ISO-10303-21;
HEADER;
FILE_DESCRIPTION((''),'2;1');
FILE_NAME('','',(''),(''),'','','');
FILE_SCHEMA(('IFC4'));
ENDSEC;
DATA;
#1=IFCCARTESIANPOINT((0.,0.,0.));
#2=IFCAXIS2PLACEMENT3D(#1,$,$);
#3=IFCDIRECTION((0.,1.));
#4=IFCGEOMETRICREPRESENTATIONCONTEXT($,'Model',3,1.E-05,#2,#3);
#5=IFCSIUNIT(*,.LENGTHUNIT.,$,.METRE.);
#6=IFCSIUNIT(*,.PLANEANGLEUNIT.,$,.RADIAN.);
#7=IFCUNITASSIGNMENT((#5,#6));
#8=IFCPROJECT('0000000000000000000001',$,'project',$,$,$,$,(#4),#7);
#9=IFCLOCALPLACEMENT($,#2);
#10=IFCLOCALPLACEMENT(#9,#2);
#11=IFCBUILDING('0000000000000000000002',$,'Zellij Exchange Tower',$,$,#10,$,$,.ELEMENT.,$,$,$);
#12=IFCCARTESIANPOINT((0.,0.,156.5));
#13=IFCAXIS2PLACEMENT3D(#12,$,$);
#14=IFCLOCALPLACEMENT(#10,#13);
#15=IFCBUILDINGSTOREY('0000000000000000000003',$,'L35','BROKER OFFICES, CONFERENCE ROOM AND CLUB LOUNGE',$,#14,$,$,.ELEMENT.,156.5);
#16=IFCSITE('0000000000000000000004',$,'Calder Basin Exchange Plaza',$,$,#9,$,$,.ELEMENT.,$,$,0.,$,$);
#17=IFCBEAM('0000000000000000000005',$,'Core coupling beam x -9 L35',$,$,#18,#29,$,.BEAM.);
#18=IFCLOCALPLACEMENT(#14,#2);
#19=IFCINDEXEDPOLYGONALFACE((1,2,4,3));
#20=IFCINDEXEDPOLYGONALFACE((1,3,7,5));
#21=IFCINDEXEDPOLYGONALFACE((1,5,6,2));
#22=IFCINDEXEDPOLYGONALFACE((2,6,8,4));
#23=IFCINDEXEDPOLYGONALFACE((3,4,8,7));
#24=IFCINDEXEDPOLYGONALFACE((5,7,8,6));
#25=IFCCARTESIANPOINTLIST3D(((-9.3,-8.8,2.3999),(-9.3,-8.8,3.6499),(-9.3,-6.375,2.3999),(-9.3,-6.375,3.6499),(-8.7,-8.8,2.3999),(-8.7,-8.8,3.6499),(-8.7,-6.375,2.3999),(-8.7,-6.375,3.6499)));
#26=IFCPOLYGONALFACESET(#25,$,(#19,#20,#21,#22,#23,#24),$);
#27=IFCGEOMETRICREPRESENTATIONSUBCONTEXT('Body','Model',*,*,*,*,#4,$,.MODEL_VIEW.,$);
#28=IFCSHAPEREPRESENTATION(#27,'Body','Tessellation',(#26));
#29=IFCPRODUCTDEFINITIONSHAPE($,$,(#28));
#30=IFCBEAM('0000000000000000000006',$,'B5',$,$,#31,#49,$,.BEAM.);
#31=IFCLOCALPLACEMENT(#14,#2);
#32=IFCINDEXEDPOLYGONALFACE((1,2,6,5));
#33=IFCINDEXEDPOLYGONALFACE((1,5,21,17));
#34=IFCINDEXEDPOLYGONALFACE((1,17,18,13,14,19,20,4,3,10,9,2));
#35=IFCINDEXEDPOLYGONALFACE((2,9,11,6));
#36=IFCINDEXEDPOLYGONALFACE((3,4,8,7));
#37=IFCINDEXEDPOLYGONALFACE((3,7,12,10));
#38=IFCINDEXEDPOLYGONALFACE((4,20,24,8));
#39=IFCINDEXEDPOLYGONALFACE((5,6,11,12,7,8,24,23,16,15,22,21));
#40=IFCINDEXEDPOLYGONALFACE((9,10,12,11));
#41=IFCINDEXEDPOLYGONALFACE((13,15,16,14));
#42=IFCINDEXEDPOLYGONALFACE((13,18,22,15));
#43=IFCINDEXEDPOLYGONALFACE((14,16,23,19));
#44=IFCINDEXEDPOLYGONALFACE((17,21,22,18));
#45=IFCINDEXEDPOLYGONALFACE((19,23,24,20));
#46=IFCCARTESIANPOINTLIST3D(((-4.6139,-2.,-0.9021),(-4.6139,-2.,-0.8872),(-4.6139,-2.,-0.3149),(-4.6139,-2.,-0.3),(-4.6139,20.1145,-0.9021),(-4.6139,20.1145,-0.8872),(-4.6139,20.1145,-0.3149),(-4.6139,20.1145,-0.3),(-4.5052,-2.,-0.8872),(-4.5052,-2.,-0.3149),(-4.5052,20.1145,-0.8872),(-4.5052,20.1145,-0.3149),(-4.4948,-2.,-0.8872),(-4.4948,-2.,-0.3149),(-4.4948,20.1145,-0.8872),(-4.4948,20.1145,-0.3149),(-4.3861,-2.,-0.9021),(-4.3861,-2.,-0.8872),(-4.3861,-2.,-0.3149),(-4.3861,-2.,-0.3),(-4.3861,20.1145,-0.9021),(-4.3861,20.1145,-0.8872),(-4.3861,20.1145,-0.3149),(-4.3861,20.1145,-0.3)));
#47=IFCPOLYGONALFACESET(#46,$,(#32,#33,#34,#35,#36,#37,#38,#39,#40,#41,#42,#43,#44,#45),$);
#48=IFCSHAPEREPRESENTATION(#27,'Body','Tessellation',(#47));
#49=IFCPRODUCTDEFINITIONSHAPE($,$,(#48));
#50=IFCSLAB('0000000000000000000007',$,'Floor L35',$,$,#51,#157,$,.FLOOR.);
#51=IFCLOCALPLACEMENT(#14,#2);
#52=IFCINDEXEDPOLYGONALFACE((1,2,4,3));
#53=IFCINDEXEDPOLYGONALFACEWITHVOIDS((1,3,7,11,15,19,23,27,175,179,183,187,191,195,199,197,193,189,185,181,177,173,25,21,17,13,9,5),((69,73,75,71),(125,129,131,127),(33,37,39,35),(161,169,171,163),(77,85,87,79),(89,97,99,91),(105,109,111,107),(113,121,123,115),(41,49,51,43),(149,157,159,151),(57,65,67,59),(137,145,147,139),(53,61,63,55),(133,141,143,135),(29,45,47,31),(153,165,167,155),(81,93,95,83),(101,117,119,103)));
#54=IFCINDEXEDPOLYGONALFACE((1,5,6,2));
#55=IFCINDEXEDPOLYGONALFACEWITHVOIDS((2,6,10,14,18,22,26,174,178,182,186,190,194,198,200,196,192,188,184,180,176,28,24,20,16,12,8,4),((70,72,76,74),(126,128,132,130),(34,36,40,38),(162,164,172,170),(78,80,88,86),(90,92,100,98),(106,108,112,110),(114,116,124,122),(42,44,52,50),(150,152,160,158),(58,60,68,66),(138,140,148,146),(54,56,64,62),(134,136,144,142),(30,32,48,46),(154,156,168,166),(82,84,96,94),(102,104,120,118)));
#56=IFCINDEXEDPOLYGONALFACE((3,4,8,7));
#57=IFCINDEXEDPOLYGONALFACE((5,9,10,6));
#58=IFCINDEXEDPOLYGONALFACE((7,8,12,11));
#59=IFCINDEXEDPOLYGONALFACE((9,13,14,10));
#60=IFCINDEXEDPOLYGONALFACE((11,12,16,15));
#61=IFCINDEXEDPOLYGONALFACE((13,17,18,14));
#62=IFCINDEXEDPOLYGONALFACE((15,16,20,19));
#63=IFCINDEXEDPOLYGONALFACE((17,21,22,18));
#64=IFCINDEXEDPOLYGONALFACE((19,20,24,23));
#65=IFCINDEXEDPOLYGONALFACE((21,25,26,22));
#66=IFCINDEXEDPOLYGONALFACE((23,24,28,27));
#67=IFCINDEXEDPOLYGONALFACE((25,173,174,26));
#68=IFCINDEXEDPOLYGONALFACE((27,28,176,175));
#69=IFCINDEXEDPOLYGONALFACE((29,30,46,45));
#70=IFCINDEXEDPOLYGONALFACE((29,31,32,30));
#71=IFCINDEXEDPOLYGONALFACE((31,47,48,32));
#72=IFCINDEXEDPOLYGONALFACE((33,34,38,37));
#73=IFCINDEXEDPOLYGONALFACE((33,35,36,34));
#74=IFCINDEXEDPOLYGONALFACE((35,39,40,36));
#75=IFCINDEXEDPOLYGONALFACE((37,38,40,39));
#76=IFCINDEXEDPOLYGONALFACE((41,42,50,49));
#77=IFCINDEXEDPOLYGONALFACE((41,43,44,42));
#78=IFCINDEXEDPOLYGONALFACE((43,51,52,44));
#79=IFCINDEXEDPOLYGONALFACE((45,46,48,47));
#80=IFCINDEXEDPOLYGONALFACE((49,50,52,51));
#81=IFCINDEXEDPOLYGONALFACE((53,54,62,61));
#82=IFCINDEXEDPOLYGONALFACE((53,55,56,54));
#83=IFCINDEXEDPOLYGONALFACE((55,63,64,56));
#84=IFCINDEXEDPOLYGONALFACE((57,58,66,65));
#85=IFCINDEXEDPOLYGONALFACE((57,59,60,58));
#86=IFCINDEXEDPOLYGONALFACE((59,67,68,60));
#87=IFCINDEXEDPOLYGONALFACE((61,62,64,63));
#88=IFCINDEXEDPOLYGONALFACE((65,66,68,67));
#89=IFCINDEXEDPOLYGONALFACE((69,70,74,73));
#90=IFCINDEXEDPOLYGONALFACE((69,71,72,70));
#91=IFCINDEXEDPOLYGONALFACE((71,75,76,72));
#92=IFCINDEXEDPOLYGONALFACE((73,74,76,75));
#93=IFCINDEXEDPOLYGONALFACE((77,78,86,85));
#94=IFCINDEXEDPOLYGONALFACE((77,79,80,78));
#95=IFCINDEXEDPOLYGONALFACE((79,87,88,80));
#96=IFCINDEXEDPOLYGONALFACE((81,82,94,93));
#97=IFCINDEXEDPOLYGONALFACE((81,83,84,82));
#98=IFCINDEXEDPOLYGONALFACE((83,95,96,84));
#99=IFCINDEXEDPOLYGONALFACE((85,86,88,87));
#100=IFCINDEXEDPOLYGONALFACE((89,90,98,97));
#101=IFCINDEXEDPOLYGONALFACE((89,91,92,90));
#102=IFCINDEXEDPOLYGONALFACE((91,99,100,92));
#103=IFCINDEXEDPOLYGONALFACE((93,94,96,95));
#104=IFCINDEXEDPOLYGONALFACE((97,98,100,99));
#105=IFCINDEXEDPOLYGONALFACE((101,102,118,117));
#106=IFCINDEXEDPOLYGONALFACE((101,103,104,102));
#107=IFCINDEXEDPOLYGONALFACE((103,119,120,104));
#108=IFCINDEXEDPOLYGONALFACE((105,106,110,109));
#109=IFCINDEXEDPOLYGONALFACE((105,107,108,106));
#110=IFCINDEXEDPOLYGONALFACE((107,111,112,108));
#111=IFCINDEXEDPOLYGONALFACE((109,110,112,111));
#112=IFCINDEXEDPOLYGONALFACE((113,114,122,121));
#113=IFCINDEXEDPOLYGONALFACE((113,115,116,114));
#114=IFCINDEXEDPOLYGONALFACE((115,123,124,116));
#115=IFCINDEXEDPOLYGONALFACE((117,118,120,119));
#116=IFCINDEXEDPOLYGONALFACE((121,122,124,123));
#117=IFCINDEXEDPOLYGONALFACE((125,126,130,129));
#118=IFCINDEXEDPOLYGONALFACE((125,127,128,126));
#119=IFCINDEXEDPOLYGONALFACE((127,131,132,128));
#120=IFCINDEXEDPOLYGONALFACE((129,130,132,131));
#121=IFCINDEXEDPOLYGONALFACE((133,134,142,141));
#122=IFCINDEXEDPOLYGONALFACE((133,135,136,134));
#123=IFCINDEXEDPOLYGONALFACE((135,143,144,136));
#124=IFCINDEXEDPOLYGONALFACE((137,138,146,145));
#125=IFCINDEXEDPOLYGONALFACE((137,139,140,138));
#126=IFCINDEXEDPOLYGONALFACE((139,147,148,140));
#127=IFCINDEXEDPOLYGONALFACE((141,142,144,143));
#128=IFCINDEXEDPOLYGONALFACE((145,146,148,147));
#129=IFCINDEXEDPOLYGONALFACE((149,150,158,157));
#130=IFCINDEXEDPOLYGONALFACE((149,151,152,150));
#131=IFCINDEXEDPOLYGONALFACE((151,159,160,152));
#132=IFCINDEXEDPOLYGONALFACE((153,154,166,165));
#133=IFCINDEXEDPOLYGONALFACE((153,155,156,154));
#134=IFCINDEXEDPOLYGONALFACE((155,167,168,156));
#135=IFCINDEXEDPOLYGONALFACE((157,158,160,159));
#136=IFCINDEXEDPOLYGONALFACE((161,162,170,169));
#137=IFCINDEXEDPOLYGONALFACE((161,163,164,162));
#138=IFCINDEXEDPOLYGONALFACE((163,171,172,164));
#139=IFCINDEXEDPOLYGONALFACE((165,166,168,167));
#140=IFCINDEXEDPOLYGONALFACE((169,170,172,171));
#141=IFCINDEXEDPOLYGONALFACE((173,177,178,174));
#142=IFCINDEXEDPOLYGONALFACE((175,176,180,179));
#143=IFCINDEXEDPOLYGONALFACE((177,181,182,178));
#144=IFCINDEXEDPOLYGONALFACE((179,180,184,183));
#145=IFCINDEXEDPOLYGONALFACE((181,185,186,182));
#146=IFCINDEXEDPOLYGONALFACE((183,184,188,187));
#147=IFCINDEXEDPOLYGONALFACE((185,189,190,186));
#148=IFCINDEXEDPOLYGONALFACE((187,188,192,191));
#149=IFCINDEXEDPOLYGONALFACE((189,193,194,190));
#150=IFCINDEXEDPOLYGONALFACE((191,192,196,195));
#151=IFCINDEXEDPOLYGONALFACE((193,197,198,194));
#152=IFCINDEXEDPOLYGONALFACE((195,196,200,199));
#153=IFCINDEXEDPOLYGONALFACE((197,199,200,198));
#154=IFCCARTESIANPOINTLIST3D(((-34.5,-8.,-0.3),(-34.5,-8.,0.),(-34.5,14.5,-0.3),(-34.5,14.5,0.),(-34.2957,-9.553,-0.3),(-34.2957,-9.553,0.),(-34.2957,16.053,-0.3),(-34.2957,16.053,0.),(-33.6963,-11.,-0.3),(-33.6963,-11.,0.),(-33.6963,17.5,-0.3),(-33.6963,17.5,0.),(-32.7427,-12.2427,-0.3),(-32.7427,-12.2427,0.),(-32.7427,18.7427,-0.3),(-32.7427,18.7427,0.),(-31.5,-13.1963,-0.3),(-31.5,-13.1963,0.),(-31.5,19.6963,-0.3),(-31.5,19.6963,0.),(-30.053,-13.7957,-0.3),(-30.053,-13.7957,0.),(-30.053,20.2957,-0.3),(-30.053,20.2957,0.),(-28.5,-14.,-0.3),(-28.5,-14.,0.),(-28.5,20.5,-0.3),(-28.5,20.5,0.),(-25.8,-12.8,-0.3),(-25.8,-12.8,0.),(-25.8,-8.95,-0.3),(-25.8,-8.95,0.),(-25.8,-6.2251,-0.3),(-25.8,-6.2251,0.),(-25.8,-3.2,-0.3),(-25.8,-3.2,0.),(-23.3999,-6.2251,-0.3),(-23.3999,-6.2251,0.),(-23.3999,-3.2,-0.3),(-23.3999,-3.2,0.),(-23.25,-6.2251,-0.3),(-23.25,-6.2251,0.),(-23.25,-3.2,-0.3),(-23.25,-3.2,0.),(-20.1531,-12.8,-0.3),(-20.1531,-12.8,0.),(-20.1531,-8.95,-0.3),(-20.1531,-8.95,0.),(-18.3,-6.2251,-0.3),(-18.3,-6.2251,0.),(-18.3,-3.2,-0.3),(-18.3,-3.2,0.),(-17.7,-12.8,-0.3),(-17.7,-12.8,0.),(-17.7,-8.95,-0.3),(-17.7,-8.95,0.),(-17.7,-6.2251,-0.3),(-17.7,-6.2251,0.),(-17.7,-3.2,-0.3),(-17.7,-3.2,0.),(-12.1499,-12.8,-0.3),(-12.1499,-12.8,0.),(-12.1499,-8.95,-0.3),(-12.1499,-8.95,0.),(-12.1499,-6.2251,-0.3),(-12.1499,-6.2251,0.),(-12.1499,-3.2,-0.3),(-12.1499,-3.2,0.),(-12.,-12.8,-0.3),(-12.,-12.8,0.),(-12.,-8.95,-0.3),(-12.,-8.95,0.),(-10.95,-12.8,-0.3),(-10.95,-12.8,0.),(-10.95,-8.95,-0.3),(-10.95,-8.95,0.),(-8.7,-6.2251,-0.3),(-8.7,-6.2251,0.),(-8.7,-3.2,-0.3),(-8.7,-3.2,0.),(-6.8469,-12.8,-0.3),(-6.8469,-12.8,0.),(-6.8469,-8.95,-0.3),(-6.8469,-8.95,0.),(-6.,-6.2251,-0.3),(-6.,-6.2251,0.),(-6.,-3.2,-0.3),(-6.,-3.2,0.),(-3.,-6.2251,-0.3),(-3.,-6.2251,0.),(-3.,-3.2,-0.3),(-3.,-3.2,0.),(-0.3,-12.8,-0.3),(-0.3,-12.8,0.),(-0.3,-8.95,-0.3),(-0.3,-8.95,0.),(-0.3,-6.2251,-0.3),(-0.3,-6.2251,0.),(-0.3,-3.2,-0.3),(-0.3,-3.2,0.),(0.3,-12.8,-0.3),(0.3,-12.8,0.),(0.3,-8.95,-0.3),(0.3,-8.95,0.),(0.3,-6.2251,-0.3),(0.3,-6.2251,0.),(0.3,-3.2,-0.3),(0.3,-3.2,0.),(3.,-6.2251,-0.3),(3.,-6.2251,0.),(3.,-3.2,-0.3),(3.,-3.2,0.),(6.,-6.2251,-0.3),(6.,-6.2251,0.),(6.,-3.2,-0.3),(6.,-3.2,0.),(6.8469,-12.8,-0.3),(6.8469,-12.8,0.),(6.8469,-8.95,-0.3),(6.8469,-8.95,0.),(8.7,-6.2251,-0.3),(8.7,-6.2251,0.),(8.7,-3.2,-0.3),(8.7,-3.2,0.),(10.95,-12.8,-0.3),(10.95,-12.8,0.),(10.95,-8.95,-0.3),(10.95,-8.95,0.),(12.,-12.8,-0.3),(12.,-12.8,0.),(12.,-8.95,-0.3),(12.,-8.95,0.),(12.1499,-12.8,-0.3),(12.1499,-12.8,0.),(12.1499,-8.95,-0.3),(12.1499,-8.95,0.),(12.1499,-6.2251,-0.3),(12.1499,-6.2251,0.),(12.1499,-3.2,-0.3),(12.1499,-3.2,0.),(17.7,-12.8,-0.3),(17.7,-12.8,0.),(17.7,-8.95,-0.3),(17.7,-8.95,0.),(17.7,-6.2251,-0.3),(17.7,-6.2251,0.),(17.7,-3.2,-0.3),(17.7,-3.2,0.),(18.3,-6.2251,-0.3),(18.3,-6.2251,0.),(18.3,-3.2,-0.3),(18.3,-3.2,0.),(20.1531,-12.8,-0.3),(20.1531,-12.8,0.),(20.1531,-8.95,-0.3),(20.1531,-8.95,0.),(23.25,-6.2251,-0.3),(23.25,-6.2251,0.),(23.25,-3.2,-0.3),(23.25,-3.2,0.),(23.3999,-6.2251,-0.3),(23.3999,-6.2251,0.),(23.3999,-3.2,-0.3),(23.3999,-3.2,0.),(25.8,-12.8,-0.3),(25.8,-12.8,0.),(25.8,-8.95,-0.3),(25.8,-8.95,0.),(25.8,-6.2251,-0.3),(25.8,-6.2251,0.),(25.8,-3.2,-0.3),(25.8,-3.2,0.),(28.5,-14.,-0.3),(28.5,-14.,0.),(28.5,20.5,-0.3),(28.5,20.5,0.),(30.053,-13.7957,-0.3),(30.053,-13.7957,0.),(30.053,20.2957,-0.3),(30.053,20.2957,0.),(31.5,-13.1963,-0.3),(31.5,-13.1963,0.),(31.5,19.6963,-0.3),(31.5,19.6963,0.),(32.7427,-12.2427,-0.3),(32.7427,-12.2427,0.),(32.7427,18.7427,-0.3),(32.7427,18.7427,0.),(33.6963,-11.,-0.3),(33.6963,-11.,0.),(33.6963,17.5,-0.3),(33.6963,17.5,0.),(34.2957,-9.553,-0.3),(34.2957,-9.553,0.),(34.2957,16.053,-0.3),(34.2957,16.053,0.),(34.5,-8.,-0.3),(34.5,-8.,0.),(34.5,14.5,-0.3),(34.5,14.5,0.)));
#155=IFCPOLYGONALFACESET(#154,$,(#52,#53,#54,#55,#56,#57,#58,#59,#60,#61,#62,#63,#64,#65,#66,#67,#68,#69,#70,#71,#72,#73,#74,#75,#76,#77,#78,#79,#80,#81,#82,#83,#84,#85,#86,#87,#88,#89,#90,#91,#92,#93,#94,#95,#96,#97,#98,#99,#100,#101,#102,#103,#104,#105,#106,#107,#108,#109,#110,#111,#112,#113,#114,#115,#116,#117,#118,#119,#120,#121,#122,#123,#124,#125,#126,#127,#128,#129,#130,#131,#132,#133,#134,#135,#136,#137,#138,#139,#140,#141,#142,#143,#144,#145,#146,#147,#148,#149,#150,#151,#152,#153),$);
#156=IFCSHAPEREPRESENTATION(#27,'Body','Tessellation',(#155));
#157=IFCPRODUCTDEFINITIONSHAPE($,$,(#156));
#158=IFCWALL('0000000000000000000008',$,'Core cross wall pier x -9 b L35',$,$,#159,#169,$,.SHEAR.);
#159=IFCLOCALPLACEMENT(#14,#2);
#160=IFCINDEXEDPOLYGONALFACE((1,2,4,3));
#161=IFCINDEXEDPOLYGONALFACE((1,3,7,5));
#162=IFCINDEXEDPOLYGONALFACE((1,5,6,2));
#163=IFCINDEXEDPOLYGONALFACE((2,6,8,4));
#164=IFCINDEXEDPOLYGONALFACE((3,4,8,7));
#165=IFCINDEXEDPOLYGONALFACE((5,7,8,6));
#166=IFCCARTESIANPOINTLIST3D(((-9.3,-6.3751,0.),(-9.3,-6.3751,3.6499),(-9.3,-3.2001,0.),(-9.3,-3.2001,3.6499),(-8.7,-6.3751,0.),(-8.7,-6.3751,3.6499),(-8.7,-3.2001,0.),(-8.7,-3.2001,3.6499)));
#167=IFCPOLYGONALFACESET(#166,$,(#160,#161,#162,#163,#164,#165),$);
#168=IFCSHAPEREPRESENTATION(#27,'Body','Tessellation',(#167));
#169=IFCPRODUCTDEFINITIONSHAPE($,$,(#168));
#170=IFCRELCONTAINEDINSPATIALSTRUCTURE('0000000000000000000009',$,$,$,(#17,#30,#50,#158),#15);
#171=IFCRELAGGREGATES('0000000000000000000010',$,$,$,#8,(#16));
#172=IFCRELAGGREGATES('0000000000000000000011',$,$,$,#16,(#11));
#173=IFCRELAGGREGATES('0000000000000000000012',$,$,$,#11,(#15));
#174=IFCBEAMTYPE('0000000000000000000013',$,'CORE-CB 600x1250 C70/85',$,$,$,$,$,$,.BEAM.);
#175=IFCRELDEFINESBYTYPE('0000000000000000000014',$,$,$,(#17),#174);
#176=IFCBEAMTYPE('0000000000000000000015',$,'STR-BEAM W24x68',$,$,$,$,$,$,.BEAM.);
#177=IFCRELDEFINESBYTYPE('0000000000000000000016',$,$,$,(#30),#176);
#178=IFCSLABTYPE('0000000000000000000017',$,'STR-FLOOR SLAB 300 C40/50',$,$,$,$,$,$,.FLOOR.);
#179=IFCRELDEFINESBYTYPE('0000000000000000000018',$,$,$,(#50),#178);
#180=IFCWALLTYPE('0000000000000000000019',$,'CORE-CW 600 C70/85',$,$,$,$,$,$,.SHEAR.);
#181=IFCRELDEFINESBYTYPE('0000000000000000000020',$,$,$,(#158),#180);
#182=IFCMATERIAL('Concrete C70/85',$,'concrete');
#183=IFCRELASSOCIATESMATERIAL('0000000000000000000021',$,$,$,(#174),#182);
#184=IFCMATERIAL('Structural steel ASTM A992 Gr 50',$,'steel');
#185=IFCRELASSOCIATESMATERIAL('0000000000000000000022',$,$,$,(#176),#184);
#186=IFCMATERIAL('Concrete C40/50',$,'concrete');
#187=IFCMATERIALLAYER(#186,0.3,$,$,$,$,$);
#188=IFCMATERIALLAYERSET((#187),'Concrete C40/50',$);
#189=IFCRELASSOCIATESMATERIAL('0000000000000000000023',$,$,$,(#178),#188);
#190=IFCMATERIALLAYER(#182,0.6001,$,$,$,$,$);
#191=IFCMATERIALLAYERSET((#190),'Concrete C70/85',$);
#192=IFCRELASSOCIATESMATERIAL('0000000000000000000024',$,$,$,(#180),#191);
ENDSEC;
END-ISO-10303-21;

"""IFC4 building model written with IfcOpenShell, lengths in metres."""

from ifc_helpers import new_model, si_unit, direction, frame, frame_2d, origin, origin_2d, place, context, subcontext, project, spatial, polyline, rectangle, i_section, outline, extrude, material, layer, layer_set, material_profile, profile_set, type_object, element, save


model = new_model("IFC4")

# Units and contexts
model_context = context("Model", 3, precision=1e-05, world=origin(), true_north=direction((0.0, 1.0)))
body_context = subcontext(model_context, "Body", "Model", "MODEL_VIEW")
ifc_project = project(units=[si_unit("LENGTHUNIT", "METRE"), si_unit("PLANEANGLEUNIT", "RADIAN")], contexts=[model_context])

# Site, building, storey
site_placement = place(None, origin())
site = spatial("IfcSite", under=ifc_project, at=site_placement, Name="Calder Basin Exchange Plaza", CompositionType="ELEMENT", RefElevation=0.0)
building_placement = place(site_placement, origin())
building = spatial("IfcBuilding", under=site, at=building_placement, Name="Zellij Exchange Tower", CompositionType="ELEMENT")
storey_placement = place(building_placement, frame((0.0, 0.0, 156.5)))
storey = spatial("IfcBuildingStorey", under=building, at=storey_placement, Name="L35", Description="BROKER OFFICES, CONFERENCE ROOM AND CLUB LOUNGE", CompositionType="ELEMENT", Elevation=156.5)

# Beams
ifc_material_1 = material(Name="Concrete C70/85", Category="concrete")
ifc_material_profile_1 = material_profile(ifc_material_1, rectangle(XDim=0.6001, YDim=1.25, at=origin_2d()), Name="CORE-CB 600x1250 C70/85")
ifc_profile_set_1 = profile_set([ifc_material_profile_1], Name="Concrete C70/85")
beam_type_1 = type_object("IfcBeamType", Name="CORE-CB 600x1250 C70/85", PredefinedType="BEAM", material=ifc_profile_set_1)
beam_1_placement = place(storey_placement, frame((-9.0, -8.8, 3.0249), z_axis=(0.0, 1.0, 0.0), x_axis=(-1.0, 0.0, 0.0)))
element("IfcBeam", 1, at=beam_1_placement, inside=storey, type_object=beam_type_1, Name="Core coupling beam x -9 L35", PredefinedType="BEAM", context=body_context, shape_type="SweptSolid", body=[
    extrude(rectangle(XDim=0.6001, YDim=1.25, at=origin_2d()), origin(), (0.0, 0.0, 1.0), 2.425),
])
ifc_material_2 = material(Name="Structural steel ASTM A992 Gr 50", Category="steel")
ifc_material_profile_2 = material_profile(ifc_material_2, i_section(OverallWidth=0.2278, OverallDepth=0.6021, WebThickness=0.0105, FlangeThickness=0.0149, at=origin_2d()), Name="W24x68")
ifc_profile_set_2 = profile_set([ifc_material_profile_2], Name="Structural steel ASTM A992 Gr 50")
beam_type_2 = type_object("IfcBeamType", Name="STR-BEAM W24x68", PredefinedType="BEAM", material=ifc_profile_set_2)
beam_2_placement = place(storey_placement, frame((-4.5, -2.0, -0.6011), z_axis=(0.0, 1.0, 0.0), x_axis=(-1.0, 0.0, 0.0)))
element("IfcBeam", 2, at=beam_2_placement, inside=storey, type_object=beam_type_2, Name="B5", PredefinedType="BEAM", context=body_context, shape_type="SweptSolid", body=[
    extrude(i_section(OverallWidth=0.2278, OverallDepth=0.6021, WebThickness=0.0105, FlangeThickness=0.0149, at=origin_2d()), origin(), (0.0, 0.0, 1.0), 22.1145),
])

# Slab
ifc_material_3 = material(Name="Concrete C40/50", Category="concrete")
ifc_layer_1 = layer(ifc_material_3, 0.3)
ifc_layer_set_1 = layer_set([ifc_layer_1], Name="Concrete C40/50")
slab_type = type_object("IfcSlabType", Name="STR-FLOOR SLAB 300 C40/50", PredefinedType="FLOOR", material=ifc_layer_set_1)
slab_placement = place(storey_placement, frame((0.0, 0.0, -0.3)))
element("IfcSlab", 3, at=slab_placement, inside=storey, type_object=slab_type, Name="Floor L35", PredefinedType="FLOOR", context=body_context, shape_type="SweptSolid", body=[
    extrude(outline(polyline([(-28.5, -14.0), (-30.053, -13.7957), (-31.5, -13.1963), (-32.7427, -12.2427), (-33.6963, -11.0), (-34.2957, -9.553), (-34.5, -8.0), (-34.5, 14.5), (-34.2957, 16.053), (-33.6963, 17.5), (-32.7427, 18.7427), (-31.5, 19.6963), (-30.053, 20.2957), (-28.5, 20.5), (28.5, 20.5), (30.053, 20.2957), (31.5, 19.6963), (32.7427, 18.7427), (33.6963, 17.5), (34.2957, 16.053), (34.5, 14.5), (34.5, -8.0), (34.2957, -9.553), (33.6963, -11.0), (32.7427, -12.2427), (31.5, -13.1963), (30.053, -13.7957), (28.5, -14.0), (-28.5, -14.0)]), holes=[polyline([(-20.1531, -8.95), (-25.8, -8.95), (-25.8, -12.8), (-20.1531, -12.8), (-20.1531, -8.95)]), polyline([(-12.1499, -8.95), (-17.7, -8.95), (-17.7, -12.8), (-12.1499, -12.8), (-12.1499, -8.95)]), polyline([(-10.95, -8.95), (-12.0, -8.95), (-12.0, -12.8), (-10.95, -12.8), (-10.95, -8.95)]), polyline([(-0.3, -8.95), (-6.8469, -8.95), (-6.8469, -12.8), (-0.3, -12.8), (-0.3, -8.95)]), polyline([(-23.3999, -3.2), (-25.8, -3.2), (-25.8, -6.2251), (-23.3999, -6.2251), (-23.3999, -3.2)]), polyline([(-18.3, -3.2), (-23.25, -3.2), (-23.25, -6.2251), (-18.3, -6.2251), (-18.3, -3.2)]), polyline([(-12.1499, -3.2), (-17.7, -3.2), (-17.7, -6.2251), (-12.1499, -6.2251), (-12.1499, -3.2)]), polyline([(-6.0, -6.2251), (-6.0, -3.2), (-8.7, -3.2), (-8.7, -6.2251), (-6.0, -6.2251)]), polyline([(-0.3, -6.2251), (-0.3, -3.2), (-3.0, -3.2), (-3.0, -6.2251), (-0.3, -6.2251)]), polyline([(6.8469, -8.95), (0.3, -8.95), (0.3, -12.8), (6.8469, -12.8), (6.8469, -8.95)]), polyline([(12.0, -8.95), (10.95, -8.95), (10.95, -12.8), (12.0, -12.8), (12.0, -8.95)]), polyline([(17.7, -8.95), (12.1499, -8.95), (12.1499, -12.8), (17.7, -12.8), (17.7, -8.95)]), polyline([(25.8, -8.95), (20.1531, -8.95), (20.1531, -12.8), (25.8, -12.8), (25.8, -8.95)]), polyline([(3.0, -3.2), (0.3, -3.2), (0.3, -6.2251), (3.0, -6.2251), (3.0, -3.2)]), polyline([(8.7, -3.2), (6.0, -3.2), (6.0, -6.2251), (8.7, -6.2251), (8.7, -3.2)]), polyline([(17.7, -3.2), (12.1499, -3.2), (12.1499, -6.2251), (17.7, -6.2251), (17.7, -3.2)]), polyline([(23.25, -6.2251), (23.25, -3.2), (18.3, -3.2), (18.3, -6.2251), (23.25, -6.2251)]), polyline([(25.8, -6.2251), (25.8, -3.2), (23.3999, -3.2), (23.3999, -6.2251), (25.8, -6.2251)])]), origin(), (0.0, 0.0, 1.0), 0.3),
])

# Wall
ifc_layer_2 = layer(ifc_material_1, 0.6001)
ifc_layer_set_2 = layer_set([ifc_layer_2], Name="Concrete C70/85")
wall_type_1 = type_object("IfcWallType", Name="CORE-CW 600 C70/85", PredefinedType="SHEAR", material=ifc_layer_set_2)
wall_1_placement = place(storey_placement, frame((-9.0, -6.375, 0.0), z_axis=(0.0, 0.0, 1.0), x_axis=(0.0, 1.0, 0.0)))
element("IfcWall", 4, at=wall_1_placement, inside=storey, type_object=wall_type_1, Name="Core cross wall pier x -9 b L35", PredefinedType="SHEAR", context=body_context, shape_type="SweptSolid", body=[
    extrude(rectangle(XDim=3.175, YDim=0.6001, at=frame_2d((1.5874, 0.0))), origin(), (0.0, 0.0, 1.0), 3.6499),
])

save(model, "model.ifc")
